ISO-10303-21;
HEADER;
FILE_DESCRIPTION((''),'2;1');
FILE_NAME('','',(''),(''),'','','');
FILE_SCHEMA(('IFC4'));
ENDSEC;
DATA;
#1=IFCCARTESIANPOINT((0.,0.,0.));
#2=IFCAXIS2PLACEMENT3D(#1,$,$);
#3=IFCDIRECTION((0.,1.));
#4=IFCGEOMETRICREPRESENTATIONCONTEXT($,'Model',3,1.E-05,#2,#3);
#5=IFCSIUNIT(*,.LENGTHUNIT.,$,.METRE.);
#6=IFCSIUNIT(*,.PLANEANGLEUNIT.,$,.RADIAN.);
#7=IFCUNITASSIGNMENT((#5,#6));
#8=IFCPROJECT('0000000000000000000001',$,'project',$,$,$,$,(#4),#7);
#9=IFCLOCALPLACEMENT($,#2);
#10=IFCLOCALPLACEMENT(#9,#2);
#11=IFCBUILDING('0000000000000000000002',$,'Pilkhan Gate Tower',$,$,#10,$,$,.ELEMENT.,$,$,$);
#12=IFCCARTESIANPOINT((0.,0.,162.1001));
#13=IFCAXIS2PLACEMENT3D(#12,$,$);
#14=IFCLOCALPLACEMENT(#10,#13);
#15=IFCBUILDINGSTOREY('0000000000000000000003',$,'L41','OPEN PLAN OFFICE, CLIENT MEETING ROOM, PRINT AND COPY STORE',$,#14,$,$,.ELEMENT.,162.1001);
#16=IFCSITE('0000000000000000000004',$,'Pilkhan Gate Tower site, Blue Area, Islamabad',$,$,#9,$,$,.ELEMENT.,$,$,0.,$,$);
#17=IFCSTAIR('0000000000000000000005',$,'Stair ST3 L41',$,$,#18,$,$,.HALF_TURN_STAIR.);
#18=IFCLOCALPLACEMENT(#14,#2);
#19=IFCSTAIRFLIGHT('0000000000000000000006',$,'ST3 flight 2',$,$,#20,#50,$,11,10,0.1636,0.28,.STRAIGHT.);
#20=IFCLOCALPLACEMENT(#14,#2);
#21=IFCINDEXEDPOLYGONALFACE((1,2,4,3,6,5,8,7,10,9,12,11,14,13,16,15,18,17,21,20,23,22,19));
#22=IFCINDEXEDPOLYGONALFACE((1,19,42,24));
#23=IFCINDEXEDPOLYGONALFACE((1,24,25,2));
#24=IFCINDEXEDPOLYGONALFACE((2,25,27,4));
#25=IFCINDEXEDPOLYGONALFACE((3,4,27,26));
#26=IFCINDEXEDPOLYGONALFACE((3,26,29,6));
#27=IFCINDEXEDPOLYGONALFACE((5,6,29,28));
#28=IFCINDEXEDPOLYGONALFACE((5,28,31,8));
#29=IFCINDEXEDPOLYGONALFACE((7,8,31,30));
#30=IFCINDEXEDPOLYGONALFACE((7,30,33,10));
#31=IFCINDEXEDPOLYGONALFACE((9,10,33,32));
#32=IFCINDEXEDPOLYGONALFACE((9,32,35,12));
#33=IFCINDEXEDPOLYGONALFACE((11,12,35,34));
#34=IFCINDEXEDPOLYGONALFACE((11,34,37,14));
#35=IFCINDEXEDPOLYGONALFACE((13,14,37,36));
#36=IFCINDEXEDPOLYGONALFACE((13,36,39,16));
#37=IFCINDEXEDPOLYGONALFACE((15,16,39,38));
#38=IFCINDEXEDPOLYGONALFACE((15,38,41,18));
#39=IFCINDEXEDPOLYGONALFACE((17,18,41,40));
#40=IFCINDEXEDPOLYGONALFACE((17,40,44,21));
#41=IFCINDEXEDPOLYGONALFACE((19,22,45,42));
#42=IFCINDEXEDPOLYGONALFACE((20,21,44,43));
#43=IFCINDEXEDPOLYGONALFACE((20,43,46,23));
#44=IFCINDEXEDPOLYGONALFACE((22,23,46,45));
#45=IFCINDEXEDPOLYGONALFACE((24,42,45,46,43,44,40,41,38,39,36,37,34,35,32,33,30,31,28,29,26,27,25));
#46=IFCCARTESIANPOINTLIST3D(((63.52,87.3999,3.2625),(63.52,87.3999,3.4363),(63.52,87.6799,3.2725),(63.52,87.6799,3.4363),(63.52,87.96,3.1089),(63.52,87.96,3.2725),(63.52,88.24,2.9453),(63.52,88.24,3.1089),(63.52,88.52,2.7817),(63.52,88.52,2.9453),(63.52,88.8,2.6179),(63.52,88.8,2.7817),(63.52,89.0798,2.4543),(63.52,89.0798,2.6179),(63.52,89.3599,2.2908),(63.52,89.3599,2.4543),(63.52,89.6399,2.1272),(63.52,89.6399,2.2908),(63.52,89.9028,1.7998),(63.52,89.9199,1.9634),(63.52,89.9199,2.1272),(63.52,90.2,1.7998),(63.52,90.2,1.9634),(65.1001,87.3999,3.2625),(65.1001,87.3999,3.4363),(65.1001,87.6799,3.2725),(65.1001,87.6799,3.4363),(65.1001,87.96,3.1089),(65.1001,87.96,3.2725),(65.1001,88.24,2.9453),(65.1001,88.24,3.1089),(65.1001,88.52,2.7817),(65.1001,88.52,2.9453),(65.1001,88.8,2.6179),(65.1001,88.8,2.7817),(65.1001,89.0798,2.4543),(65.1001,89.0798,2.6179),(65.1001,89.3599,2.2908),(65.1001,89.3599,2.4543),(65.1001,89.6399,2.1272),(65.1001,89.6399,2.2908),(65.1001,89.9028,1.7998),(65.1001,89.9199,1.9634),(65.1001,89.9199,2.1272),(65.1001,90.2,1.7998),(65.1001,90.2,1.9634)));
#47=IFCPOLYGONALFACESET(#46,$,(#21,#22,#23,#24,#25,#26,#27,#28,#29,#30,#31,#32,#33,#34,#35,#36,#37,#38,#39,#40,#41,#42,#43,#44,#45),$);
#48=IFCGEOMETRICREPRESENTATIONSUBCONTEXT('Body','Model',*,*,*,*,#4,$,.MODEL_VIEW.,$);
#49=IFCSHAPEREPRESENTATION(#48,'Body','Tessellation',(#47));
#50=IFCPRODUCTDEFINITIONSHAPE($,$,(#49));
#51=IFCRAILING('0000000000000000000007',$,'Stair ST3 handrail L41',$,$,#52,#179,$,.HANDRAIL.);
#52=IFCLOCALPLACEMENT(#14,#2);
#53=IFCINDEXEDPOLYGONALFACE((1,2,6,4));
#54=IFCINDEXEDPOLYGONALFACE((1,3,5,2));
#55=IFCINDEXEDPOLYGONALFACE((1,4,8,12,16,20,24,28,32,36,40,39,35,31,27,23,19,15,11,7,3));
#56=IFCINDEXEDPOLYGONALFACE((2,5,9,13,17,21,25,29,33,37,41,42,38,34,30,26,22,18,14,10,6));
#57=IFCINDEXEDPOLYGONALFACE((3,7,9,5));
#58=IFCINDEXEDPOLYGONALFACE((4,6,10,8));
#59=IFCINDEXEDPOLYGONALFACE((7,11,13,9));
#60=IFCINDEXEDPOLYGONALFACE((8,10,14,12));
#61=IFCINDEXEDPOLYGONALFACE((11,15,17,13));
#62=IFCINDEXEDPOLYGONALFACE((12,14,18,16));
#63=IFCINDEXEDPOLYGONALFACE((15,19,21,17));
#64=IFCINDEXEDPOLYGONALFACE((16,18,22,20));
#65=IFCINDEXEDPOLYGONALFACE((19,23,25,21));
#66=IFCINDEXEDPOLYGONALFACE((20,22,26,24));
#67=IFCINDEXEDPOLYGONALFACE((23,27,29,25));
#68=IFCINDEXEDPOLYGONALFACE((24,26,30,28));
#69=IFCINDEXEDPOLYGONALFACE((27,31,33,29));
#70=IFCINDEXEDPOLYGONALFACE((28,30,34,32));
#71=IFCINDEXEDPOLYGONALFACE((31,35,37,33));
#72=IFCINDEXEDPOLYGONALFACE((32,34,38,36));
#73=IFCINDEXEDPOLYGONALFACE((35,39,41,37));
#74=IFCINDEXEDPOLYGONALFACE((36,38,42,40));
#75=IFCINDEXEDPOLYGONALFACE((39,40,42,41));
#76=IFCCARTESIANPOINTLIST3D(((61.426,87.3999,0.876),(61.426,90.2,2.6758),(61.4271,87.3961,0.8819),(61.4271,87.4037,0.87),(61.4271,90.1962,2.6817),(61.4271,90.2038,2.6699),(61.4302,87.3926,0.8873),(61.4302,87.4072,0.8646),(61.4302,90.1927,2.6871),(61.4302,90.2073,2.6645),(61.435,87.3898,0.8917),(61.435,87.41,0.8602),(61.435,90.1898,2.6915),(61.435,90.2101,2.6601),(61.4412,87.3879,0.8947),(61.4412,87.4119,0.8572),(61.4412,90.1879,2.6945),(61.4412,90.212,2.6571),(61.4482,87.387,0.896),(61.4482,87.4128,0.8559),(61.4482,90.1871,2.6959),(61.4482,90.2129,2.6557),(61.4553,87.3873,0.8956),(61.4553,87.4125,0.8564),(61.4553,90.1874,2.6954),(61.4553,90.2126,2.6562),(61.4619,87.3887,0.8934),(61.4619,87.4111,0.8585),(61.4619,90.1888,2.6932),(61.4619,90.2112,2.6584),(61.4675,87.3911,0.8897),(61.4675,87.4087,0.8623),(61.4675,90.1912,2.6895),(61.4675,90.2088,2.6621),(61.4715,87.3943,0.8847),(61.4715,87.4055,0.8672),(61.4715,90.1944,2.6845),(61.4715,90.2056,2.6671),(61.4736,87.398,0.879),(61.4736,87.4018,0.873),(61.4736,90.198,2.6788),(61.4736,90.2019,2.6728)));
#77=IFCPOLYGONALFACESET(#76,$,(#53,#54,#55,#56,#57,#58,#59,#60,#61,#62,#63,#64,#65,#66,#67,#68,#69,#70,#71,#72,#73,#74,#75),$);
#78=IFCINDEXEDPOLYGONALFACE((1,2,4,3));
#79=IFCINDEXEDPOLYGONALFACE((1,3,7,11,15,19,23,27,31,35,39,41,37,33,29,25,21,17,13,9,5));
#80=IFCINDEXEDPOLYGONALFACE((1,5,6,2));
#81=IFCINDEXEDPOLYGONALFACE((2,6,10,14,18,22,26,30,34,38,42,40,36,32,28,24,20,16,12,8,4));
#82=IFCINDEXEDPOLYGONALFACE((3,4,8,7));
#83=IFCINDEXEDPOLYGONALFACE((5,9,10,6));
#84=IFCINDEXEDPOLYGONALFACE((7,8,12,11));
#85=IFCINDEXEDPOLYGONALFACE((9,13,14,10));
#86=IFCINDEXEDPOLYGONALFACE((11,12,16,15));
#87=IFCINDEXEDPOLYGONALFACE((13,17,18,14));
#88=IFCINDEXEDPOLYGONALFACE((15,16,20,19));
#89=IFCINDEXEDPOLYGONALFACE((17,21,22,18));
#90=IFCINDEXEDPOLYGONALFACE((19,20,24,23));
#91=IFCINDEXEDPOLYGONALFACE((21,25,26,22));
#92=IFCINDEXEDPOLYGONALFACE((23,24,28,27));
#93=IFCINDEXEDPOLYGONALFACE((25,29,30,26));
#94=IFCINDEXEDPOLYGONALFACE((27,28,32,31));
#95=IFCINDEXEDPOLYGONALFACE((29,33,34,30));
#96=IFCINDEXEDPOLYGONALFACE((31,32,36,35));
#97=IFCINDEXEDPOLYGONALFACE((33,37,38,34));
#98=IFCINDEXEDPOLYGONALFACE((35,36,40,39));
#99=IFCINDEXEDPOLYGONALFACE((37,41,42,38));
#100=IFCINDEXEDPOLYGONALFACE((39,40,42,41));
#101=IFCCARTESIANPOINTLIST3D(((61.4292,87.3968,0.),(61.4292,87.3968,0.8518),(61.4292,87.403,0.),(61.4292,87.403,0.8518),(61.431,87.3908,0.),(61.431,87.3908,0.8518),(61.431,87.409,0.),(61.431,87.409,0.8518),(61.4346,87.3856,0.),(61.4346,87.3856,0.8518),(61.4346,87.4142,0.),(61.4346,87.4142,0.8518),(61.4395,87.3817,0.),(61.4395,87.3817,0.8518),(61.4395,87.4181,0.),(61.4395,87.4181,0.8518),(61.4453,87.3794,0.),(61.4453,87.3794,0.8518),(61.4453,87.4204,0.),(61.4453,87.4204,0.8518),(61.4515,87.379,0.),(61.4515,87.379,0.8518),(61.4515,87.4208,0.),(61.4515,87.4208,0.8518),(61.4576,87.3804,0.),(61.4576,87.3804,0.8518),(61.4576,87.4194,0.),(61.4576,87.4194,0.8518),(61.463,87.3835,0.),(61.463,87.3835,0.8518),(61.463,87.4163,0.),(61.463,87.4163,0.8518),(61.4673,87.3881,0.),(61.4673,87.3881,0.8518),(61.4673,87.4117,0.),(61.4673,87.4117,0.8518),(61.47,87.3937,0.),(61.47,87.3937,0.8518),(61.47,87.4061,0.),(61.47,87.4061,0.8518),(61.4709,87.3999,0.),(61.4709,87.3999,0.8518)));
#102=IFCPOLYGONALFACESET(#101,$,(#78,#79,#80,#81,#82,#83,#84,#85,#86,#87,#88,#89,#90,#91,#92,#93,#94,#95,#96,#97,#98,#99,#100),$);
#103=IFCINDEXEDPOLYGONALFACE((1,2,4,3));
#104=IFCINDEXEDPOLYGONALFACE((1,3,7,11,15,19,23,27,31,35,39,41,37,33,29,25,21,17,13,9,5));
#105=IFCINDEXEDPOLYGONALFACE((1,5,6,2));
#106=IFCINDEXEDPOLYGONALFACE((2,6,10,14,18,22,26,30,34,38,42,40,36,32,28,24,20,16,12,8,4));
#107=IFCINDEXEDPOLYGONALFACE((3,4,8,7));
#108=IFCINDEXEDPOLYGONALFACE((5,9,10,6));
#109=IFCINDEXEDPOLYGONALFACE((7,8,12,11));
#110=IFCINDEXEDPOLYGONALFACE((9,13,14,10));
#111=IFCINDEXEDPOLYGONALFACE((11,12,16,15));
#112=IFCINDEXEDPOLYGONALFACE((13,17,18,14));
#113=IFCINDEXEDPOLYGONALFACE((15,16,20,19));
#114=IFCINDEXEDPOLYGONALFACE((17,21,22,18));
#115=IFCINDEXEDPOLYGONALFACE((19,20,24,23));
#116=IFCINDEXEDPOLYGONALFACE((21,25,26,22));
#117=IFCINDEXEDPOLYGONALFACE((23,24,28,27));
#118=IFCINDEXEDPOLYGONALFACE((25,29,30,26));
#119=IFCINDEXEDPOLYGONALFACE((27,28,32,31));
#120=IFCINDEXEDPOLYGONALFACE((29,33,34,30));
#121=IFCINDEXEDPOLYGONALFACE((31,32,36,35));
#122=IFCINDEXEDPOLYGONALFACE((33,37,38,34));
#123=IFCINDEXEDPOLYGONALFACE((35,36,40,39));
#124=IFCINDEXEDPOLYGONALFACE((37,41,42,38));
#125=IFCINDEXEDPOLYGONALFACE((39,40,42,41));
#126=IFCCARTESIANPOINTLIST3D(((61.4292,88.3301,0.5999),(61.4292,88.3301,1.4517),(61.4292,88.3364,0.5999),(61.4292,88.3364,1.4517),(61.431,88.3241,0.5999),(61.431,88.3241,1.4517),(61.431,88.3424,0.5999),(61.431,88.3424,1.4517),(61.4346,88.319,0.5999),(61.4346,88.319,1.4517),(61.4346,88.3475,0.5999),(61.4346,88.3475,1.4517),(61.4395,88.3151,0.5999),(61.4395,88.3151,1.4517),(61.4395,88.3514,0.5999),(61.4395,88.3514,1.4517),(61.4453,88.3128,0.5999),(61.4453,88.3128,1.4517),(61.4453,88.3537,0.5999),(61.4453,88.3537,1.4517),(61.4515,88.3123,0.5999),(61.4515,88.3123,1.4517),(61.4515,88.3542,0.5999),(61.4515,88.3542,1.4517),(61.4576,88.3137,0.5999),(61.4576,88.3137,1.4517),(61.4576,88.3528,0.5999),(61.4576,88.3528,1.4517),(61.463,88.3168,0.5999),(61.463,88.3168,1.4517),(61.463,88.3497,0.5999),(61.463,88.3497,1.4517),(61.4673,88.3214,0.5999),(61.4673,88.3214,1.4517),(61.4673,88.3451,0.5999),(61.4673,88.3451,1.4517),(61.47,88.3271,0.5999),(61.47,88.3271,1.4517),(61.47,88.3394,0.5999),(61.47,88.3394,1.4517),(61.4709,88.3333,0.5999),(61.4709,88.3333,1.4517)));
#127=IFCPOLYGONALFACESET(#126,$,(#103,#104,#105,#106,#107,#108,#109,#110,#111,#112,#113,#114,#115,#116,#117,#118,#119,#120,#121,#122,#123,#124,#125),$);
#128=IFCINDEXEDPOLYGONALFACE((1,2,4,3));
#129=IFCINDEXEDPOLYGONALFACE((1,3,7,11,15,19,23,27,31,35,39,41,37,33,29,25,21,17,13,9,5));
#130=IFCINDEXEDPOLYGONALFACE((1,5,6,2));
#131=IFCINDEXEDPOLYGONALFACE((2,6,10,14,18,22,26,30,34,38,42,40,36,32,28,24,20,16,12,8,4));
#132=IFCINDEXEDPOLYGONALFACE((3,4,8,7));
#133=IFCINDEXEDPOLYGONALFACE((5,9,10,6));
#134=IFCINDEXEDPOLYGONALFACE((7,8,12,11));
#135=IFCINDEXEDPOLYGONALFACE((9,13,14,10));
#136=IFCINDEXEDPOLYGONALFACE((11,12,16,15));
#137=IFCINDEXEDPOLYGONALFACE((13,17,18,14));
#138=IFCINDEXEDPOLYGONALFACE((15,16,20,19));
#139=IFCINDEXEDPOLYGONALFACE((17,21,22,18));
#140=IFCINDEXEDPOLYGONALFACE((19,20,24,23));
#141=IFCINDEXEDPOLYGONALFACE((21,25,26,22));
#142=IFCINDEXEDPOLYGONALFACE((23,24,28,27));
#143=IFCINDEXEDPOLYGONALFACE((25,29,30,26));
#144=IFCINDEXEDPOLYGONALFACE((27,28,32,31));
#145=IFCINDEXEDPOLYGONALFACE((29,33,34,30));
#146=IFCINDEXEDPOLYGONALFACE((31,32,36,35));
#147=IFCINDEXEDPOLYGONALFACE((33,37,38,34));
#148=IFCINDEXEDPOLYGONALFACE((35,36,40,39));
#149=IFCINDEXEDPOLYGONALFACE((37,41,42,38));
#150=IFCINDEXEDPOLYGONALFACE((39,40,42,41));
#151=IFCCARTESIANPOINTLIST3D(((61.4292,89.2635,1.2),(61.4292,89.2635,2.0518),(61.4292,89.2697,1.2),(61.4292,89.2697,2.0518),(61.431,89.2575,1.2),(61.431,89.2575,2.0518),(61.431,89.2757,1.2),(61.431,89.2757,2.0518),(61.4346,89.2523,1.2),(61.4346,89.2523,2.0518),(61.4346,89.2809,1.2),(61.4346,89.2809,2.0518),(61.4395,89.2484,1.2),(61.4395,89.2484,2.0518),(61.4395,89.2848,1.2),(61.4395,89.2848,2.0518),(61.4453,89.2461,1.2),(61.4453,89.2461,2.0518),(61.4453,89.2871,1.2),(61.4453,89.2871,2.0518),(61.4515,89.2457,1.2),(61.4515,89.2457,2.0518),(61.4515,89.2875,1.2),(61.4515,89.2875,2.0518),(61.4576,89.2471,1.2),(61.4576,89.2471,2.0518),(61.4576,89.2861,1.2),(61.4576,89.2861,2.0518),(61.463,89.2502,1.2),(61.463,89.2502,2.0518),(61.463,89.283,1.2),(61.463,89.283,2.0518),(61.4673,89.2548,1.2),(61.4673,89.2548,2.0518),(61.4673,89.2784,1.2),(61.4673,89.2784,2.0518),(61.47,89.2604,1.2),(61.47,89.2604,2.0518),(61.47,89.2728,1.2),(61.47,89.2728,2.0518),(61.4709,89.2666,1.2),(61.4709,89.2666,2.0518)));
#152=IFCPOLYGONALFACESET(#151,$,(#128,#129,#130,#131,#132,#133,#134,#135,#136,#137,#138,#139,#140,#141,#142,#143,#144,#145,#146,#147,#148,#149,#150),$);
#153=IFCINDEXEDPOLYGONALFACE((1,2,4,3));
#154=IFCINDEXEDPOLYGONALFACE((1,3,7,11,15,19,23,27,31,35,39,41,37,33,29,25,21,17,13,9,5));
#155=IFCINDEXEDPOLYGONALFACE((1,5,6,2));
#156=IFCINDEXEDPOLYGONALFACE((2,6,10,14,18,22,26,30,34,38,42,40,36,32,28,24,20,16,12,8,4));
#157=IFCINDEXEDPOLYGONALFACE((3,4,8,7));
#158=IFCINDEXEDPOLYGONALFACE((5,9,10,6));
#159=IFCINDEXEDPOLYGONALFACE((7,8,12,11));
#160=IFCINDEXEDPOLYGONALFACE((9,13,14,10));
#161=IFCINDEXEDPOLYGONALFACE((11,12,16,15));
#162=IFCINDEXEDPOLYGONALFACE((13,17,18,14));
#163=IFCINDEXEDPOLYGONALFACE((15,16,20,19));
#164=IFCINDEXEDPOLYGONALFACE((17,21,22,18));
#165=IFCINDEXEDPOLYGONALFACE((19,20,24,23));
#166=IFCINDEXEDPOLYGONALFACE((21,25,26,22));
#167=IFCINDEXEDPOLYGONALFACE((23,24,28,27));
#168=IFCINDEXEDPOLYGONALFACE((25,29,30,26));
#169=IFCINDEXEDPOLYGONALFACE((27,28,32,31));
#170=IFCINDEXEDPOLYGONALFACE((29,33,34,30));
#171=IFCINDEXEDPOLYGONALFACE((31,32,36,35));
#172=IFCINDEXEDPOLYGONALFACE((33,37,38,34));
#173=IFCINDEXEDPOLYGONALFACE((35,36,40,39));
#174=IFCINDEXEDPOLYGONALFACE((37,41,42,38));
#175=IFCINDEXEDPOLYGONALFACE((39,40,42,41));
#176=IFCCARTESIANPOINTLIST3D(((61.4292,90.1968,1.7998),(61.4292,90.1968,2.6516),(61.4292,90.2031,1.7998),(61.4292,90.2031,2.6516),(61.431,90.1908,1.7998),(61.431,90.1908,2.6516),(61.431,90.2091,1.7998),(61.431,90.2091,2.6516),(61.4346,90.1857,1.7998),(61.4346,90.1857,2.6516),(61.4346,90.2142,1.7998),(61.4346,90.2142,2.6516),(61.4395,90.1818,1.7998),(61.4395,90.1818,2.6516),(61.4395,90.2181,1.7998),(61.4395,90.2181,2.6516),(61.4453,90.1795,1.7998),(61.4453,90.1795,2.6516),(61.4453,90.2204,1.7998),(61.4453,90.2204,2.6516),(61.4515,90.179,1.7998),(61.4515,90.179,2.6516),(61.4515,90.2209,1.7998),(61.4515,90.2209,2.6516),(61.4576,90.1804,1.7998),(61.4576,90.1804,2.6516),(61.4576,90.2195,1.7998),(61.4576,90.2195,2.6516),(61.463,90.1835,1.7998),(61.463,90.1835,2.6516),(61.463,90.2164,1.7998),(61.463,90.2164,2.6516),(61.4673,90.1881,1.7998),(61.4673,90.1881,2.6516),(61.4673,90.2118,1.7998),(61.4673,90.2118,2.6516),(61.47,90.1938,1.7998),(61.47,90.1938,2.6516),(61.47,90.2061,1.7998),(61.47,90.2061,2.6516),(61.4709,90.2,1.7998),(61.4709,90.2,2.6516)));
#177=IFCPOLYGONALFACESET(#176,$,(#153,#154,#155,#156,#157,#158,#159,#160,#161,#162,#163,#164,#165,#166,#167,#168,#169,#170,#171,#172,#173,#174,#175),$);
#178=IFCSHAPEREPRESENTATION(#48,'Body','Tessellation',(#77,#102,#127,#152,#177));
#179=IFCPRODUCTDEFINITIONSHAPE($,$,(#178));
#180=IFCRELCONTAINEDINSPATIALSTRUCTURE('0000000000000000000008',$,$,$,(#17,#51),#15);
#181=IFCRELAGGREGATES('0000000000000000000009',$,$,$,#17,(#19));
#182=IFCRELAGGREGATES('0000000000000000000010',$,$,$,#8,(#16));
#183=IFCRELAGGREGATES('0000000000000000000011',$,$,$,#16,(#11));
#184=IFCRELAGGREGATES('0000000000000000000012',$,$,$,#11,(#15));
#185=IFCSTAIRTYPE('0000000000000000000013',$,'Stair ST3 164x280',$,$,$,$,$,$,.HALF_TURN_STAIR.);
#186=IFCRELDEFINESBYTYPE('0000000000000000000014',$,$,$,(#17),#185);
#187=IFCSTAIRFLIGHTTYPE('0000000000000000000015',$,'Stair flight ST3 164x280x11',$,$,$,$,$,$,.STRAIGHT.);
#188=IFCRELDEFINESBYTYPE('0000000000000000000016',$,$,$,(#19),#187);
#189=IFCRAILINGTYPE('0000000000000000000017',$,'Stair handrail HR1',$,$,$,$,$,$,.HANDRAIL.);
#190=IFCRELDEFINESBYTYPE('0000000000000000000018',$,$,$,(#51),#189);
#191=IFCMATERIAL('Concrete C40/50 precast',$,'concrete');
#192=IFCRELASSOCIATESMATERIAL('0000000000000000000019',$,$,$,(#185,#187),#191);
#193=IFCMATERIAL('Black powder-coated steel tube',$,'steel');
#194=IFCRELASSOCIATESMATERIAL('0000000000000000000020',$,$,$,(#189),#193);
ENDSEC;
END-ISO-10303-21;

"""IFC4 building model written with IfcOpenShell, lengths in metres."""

from ifc_helpers import new_model, si_unit, direction, frame, origin, origin_2d, place, context, subcontext, project, spatial, polyline, circle, outline, extrude, material, type_object, element, aggregate, save


model = new_model("IFC4")

# Units and contexts
model_context = context("Model", 3, precision=1e-05, world=origin(), true_north=direction((0.0, 1.0)))
body_context = subcontext(model_context, "Body", "Model", "MODEL_VIEW")
ifc_project = project(units=[si_unit("LENGTHUNIT", "METRE"), si_unit("PLANEANGLEUNIT", "RADIAN")], contexts=[model_context])

# Site, building, storey
site_placement = place(None, origin())
site = spatial("IfcSite", under=ifc_project, at=site_placement, Name="Pilkhan Gate Tower site, Blue Area, Islamabad", CompositionType="ELEMENT", RefElevation=0.0)
building_placement = place(site_placement, origin())
building = spatial("IfcBuilding", under=site, at=building_placement, Name="Pilkhan Gate Tower", CompositionType="ELEMENT")
storey_placement = place(building_placement, frame((0.0, 0.0, 162.1001)))
storey = spatial("IfcBuildingStorey", under=building, at=storey_placement, Name="L41", Description="OPEN PLAN OFFICE, CLIENT MEETING ROOM, PRINT AND COPY STORE", CompositionType="ELEMENT", Elevation=162.1001)

# Stair, stair flight
ifc_material_1 = material(Name="Concrete C40/50 precast", Category="concrete")
stair_type = type_object("IfcStairType", Name="Stair ST3 164x280", PredefinedType="HALF_TURN_STAIR", material=ifc_material_1)
stair_placement = place(storey_placement, origin())
stair = element("IfcStair", 1, at=stair_placement, inside=storey, type_object=stair_type, Name="Stair ST3 L41", PredefinedType="HALF_TURN_STAIR")
stair_flight_type = type_object("IfcStairFlightType", Name="Stair flight ST3 164x280x11", PredefinedType="STRAIGHT", material=ifc_material_1)
stair_flight_1_placement = place(storey_placement, frame((64.3101, 90.2, 1.7998), z_axis=(0.0, 0.0, 1.0), x_axis=(0.0, -1.0, 0.0)))
stair_flight_1 = element("IfcStairFlight", 2, at=stair_flight_1_placement, type_object=stair_flight_type, Name="ST3 flight 2", NumberOfRisers=11, NumberOfTreads=10, PredefinedType="STRAIGHT", RiserHeight=0.1636, TreadLength=0.28, context=body_context, shape_type="SweptSolid", body=[
    extrude(outline(polyline([(0.0, 0.0), (0.0, 0.1636), (0.28, 0.1636), (0.28, 0.3274), (0.5601, 0.3274), (0.5601, 0.491), (0.8401, 0.491), (0.8401, 0.6545), (1.1201, 0.6545), (1.1201, 0.8181), (1.3999, 0.8181), (1.3999, 0.9819), (1.6799, 0.9819), (1.6799, 1.1455), (1.96, 1.1455), (1.96, 1.3091), (2.24, 1.3091), (2.24, 1.4727), (2.52, 1.4727), (2.52, 1.6365), (2.8, 1.6365), (2.8, 1.8), (2.8, 1.4626), (0.2971, 0.0), (0.0, 0.0)])), frame((0.0, 0.79, 0.0), z_axis=(0.0, -1.0, 0.0), x_axis=(1.0, 0.0, 0.0)), (0.0, 0.0, 1.0), 1.5801),
])
aggregate(stair, [stair_flight_1])

# Railing
ifc_material_2 = material(Name="Black powder-coated steel tube", Category="steel")
railing_type_1 = type_object("IfcRailingType", Name="Stair handrail HR1", PredefinedType="HANDRAIL", material=ifc_material_2)
railing_1_placement = place(storey_placement, frame((61.45, 87.3999, 0.0)))
element("IfcRailing", 3, at=railing_1_placement, inside=storey, type_object=railing_type_1, Name="Stair ST3 handrail L41", PredefinedType="HANDRAIL", context=body_context, shape_type="SweptSolid", body=[
    extrude(circle(Radius=0.0239, at=origin_2d()), frame((0.0, 0.0, 0.876), z_axis=(0.0, 0.841209, 0.540709), x_axis=(-1.0, 0.0, 0.0)), (0.0, 0.0, 1.0), 3.3286),
    extrude(circle(Radius=0.021, at=origin_2d()), origin(), (0.0, 0.0, 1.0), 0.8518),
    extrude(circle(Radius=0.021, at=origin_2d()), frame((0.0, 0.9333, 0.5999)), (0.0, 0.0, 1.0), 0.8518),
    extrude(circle(Radius=0.021, at=origin_2d()), frame((0.0, 1.8667, 1.2)), (0.0, 0.0, 1.0), 0.8518),
    extrude(circle(Radius=0.021, at=origin_2d()), frame((0.0, 2.8, 1.7998)), (0.0, 0.0, 1.0), 0.8518),
])

save(model, "model.ifc")
